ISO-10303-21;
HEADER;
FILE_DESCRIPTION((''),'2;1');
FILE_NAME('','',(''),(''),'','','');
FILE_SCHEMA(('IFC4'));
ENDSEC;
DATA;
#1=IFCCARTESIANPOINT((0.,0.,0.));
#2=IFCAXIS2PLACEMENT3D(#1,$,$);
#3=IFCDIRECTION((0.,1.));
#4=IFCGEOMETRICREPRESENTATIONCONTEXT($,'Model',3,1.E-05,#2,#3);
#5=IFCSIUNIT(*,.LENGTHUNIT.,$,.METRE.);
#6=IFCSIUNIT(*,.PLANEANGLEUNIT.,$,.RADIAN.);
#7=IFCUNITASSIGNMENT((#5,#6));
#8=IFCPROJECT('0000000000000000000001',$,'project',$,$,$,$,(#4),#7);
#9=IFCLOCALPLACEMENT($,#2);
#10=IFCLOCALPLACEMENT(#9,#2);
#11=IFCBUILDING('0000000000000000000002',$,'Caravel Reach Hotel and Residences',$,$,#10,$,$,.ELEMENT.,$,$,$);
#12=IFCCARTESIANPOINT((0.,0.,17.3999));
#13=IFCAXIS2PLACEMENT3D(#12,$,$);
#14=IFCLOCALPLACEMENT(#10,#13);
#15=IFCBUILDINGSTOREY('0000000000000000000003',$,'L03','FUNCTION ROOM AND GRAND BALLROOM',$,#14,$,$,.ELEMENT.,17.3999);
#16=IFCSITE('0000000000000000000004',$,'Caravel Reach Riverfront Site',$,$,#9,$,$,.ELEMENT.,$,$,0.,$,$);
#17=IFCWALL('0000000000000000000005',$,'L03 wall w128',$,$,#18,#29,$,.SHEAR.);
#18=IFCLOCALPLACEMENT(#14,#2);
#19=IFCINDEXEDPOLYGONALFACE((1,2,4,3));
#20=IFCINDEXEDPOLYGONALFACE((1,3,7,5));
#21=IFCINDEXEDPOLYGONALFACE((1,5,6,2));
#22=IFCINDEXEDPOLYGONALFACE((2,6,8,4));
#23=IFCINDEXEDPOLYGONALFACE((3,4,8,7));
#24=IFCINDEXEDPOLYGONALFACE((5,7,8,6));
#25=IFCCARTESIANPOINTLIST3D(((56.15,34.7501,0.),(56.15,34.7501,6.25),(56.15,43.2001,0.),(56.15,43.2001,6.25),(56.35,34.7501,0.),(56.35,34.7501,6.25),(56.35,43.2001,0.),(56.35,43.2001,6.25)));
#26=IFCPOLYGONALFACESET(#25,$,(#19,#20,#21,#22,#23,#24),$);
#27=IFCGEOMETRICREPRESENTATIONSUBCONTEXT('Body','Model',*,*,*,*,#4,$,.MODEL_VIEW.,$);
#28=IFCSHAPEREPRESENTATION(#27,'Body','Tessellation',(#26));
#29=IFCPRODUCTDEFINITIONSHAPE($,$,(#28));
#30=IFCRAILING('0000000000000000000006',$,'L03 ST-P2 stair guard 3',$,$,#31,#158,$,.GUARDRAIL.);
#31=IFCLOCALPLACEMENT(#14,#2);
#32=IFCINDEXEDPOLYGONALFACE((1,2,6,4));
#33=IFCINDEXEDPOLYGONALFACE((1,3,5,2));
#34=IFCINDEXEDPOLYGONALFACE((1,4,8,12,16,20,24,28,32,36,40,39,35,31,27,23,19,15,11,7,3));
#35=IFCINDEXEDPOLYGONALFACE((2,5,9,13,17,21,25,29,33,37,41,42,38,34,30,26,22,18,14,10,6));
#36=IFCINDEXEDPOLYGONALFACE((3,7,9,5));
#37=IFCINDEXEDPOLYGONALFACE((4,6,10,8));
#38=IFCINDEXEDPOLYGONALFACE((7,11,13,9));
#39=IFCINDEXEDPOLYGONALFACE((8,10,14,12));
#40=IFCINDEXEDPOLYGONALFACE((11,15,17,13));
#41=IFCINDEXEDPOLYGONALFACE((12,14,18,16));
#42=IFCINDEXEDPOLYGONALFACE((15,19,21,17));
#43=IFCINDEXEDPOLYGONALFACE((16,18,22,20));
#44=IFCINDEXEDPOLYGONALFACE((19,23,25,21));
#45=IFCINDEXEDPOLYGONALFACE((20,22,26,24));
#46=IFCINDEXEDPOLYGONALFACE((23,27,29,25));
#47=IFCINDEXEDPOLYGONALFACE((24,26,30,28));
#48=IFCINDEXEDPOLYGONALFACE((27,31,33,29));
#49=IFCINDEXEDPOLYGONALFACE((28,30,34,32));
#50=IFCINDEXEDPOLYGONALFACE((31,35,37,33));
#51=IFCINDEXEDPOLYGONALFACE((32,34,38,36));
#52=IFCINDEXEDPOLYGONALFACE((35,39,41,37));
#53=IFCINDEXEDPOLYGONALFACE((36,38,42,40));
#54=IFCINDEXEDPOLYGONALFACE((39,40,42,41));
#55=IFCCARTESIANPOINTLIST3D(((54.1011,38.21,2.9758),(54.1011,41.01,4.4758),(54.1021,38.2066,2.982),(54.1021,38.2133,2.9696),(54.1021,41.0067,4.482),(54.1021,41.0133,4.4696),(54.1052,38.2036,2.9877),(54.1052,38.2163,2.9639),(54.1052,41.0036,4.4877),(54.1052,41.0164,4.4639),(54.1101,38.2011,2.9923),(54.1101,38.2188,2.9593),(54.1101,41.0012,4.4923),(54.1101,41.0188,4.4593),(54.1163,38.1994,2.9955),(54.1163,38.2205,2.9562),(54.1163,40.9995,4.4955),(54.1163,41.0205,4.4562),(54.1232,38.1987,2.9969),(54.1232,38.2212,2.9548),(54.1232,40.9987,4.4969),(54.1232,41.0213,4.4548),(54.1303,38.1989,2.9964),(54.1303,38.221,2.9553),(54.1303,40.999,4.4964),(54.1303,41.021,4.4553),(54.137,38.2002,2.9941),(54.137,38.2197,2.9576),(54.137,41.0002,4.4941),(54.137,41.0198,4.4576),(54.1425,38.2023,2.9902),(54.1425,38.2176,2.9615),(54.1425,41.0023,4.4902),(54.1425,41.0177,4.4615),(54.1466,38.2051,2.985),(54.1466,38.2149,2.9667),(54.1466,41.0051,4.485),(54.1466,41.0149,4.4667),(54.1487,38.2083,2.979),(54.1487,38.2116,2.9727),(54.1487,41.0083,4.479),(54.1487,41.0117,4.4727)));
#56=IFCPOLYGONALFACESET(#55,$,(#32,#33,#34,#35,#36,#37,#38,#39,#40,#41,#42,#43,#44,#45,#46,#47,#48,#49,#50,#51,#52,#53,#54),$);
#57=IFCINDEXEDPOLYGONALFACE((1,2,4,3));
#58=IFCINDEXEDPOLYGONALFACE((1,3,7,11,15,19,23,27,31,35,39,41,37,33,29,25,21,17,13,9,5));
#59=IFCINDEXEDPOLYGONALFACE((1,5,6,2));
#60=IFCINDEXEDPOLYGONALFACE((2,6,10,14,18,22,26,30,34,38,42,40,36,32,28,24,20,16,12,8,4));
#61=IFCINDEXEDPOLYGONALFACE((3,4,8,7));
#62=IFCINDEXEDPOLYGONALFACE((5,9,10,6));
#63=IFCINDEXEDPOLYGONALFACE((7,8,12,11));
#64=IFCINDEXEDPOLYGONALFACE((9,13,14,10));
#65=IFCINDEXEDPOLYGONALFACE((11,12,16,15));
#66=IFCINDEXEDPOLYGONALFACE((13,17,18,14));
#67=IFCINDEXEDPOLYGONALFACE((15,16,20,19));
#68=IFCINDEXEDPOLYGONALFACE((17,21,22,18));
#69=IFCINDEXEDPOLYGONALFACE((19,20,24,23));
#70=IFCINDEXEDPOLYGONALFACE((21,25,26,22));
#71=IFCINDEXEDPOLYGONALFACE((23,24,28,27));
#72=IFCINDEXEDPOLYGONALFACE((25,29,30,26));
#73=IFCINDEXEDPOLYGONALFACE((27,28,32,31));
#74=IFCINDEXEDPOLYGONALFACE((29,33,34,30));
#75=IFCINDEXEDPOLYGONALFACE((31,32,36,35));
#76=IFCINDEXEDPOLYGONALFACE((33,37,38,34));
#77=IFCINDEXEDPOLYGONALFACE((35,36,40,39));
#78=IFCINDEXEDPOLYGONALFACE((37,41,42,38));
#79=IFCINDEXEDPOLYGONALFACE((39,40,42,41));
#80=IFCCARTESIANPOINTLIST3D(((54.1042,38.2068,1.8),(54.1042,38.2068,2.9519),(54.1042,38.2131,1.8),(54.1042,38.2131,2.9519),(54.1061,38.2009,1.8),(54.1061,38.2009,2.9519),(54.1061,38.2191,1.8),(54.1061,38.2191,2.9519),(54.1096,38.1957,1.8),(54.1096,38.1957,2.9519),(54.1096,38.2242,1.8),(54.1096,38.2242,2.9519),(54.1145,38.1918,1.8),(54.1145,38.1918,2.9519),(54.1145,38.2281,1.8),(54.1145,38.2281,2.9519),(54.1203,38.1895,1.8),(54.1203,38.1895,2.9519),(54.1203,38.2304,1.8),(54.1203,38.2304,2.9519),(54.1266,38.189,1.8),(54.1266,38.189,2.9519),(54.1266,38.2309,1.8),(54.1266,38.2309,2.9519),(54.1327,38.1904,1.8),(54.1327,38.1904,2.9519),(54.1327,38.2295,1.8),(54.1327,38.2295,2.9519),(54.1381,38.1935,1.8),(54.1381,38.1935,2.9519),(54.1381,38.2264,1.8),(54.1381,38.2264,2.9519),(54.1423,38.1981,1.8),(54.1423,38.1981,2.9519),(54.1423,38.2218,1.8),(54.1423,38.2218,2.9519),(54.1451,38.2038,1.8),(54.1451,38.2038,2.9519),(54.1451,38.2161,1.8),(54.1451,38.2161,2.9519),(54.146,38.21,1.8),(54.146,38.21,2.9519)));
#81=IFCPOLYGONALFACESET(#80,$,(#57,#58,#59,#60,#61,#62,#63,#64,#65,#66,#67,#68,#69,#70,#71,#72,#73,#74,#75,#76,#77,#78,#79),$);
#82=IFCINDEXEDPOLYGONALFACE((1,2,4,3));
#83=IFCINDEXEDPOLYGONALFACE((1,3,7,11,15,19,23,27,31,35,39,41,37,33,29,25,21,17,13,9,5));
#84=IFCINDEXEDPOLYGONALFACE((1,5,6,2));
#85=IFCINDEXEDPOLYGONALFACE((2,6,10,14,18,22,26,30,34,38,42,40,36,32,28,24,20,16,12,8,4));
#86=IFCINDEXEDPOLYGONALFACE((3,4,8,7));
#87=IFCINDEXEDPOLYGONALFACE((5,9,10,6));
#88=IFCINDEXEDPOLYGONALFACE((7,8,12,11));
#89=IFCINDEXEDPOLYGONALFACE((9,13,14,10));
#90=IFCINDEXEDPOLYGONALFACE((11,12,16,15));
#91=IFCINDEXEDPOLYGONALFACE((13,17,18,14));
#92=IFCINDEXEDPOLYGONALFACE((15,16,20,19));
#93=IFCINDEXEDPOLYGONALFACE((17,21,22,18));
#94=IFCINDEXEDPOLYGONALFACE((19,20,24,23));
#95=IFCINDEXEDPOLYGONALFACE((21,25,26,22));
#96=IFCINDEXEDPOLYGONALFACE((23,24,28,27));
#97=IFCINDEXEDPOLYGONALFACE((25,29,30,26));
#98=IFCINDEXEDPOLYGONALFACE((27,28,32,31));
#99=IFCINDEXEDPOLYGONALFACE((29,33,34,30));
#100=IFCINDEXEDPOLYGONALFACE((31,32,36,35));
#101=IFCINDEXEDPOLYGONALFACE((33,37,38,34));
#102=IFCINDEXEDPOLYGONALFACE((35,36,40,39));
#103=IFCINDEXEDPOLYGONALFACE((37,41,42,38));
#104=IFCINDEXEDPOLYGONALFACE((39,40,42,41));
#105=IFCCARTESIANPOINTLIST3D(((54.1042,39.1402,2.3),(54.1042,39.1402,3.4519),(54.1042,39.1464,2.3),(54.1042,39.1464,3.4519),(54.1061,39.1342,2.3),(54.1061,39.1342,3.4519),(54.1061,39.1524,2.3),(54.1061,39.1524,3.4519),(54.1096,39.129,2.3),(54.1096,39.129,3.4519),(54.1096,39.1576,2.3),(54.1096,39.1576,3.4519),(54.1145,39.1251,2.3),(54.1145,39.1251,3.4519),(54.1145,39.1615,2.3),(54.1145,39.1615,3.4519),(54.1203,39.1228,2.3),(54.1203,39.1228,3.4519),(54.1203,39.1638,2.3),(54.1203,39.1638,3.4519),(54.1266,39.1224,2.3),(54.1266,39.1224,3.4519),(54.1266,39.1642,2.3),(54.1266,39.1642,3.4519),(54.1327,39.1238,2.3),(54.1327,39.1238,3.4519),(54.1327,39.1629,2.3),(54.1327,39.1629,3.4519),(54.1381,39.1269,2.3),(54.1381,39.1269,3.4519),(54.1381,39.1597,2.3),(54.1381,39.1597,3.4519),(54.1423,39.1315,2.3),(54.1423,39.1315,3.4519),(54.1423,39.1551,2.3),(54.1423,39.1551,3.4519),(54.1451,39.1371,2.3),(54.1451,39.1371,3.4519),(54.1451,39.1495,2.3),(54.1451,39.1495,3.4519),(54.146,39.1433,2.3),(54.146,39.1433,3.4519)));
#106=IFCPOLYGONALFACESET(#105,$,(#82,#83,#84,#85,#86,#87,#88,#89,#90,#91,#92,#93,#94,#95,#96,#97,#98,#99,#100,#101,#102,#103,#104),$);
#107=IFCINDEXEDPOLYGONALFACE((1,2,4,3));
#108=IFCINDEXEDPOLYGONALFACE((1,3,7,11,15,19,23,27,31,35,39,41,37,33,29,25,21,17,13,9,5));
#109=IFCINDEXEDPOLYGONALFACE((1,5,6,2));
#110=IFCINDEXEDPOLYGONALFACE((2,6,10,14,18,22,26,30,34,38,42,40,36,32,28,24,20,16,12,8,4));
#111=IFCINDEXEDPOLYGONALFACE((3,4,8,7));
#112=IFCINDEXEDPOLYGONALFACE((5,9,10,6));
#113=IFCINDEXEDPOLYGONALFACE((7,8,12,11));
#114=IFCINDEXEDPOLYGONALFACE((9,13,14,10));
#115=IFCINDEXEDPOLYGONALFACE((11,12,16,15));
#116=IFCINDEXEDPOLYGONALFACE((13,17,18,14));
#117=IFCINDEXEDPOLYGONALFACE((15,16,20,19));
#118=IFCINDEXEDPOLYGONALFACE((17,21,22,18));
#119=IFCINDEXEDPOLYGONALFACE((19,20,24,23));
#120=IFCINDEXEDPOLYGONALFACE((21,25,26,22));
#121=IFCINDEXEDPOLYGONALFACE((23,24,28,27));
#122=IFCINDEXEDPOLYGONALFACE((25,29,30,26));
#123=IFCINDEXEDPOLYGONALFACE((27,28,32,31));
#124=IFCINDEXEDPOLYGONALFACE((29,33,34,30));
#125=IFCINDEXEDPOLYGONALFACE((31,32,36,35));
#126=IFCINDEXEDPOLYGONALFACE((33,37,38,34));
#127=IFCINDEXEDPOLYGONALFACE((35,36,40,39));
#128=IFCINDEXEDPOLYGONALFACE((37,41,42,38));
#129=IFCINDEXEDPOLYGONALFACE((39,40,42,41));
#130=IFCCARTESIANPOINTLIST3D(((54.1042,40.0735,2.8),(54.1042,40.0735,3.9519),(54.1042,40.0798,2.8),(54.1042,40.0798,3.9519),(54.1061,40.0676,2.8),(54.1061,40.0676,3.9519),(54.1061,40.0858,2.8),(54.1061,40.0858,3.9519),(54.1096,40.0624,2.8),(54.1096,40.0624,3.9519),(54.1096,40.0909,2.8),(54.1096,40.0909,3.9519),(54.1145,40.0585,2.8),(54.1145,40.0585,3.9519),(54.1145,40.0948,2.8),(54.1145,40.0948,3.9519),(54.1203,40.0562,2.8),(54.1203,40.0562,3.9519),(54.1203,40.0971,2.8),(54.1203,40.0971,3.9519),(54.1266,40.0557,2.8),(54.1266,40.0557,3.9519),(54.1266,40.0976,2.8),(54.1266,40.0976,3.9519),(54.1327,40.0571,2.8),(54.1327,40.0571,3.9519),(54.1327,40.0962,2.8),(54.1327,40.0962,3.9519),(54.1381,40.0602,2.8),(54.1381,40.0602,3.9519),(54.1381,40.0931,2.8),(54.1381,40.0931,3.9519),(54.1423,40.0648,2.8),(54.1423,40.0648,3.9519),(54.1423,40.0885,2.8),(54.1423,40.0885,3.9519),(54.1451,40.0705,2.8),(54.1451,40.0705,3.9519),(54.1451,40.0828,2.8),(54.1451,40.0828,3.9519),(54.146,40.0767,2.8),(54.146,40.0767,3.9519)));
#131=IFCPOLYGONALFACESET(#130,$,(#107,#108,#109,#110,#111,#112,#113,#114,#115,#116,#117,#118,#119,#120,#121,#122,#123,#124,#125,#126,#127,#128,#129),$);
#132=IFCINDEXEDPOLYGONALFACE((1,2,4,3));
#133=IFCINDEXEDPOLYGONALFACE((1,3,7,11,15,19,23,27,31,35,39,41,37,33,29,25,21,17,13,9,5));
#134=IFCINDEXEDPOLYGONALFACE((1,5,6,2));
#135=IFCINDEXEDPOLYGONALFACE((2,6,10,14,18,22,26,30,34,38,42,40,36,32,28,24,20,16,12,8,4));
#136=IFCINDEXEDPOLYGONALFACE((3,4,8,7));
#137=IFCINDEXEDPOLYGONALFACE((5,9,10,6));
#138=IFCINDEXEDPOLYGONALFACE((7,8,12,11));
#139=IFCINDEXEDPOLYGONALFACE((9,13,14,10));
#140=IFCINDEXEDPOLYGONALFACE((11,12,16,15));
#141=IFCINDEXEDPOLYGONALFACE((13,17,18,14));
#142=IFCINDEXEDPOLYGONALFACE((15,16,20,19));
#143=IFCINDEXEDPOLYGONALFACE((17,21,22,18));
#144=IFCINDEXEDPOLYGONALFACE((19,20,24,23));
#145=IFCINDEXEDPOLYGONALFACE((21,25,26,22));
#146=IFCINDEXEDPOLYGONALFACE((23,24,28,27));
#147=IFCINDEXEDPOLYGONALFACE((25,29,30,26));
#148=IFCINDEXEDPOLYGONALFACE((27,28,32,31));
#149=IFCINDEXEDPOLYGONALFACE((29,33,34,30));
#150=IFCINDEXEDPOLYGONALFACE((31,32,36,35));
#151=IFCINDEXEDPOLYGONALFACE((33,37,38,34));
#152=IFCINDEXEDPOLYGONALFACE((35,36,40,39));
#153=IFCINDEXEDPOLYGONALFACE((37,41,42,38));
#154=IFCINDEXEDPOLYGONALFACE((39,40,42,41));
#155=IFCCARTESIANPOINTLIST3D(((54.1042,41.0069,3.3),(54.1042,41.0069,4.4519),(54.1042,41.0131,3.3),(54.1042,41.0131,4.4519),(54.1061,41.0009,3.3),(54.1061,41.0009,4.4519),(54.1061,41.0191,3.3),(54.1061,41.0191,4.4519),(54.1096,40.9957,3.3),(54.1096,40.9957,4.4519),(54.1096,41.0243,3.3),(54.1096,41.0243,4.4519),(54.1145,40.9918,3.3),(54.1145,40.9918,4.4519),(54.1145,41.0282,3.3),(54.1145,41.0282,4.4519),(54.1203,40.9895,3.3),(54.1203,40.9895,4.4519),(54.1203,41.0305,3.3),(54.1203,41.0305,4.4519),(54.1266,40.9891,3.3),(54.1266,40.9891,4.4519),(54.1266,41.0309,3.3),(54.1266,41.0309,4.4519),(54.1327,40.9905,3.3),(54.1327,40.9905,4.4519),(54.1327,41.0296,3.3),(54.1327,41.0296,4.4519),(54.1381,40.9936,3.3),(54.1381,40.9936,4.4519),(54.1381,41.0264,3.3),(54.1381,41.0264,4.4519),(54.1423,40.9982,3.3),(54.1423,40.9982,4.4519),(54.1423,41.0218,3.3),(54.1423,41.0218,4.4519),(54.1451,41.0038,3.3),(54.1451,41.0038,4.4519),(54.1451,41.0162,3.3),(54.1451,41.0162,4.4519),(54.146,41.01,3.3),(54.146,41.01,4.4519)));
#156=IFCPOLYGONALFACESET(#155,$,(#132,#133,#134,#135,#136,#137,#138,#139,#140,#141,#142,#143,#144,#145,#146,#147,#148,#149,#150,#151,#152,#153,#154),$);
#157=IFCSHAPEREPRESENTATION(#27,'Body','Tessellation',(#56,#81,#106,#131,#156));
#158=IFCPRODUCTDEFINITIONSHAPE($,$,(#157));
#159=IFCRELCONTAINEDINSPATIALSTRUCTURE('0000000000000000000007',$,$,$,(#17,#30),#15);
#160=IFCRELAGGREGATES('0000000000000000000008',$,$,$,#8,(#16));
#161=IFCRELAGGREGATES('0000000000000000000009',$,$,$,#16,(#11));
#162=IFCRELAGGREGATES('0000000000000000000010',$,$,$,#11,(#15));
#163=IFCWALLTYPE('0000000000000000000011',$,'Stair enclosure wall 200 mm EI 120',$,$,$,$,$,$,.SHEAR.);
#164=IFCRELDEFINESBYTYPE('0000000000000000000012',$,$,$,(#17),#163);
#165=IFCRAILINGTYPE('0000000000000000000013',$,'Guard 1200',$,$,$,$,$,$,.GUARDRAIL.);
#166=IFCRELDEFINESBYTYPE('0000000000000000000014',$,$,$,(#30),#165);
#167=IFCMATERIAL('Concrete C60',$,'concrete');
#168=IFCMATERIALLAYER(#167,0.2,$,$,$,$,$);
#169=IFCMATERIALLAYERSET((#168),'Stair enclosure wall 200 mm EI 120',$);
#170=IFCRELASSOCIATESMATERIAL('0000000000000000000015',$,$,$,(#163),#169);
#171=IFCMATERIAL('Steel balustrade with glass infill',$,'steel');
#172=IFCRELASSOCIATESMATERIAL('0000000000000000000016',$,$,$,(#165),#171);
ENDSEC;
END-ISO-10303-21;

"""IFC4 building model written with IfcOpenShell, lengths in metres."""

from ifc_helpers import new_model, si_unit, direction, frame, frame_2d, origin, origin_2d, place, context, subcontext, project, spatial, rectangle, circle, extrude, material, layer, layer_set, type_object, element, save


model = new_model("IFC4")

# Units and contexts
model_context = context("Model", 3, precision=1e-05, world=origin(), true_north=direction((0.0, 1.0)))
body_context = subcontext(model_context, "Body", "Model", "MODEL_VIEW")
ifc_project = project(units=[si_unit("LENGTHUNIT", "METRE"), si_unit("PLANEANGLEUNIT", "RADIAN")], contexts=[model_context])

# Site, building, storey
site_placement = place(None, origin())
site = spatial("IfcSite", under=ifc_project, at=site_placement, Name="Caravel Reach Riverfront Site", CompositionType="ELEMENT", RefElevation=0.0)
building_placement = place(site_placement, origin())
building = spatial("IfcBuilding", under=site, at=building_placement, Name="Caravel Reach Hotel and Residences", CompositionType="ELEMENT")
storey_placement = place(building_placement, frame((0.0, 0.0, 17.3999)))
storey = spatial("IfcBuildingStorey", under=building, at=storey_placement, Name="L03", Description="FUNCTION ROOM AND GRAND BALLROOM", CompositionType="ELEMENT", Elevation=17.3999)

# Wall
ifc_material_1 = material(Name="Concrete C60", Category="concrete")
ifc_layer_1 = layer(ifc_material_1, 0.2)
ifc_layer_set_1 = layer_set([ifc_layer_1], Name="Stair enclosure wall 200 mm EI 120")
wall_type_1 = type_object("IfcWallType", Name="Stair enclosure wall 200 mm EI 120", PredefinedType="SHEAR", material=ifc_layer_set_1)
wall_1_placement = place(storey_placement, frame((56.25, 34.75, 0.0), z_axis=(0.0, 0.0, 1.0), x_axis=(0.0, 1.0, 0.0)))
element("IfcWall", 1, at=wall_1_placement, inside=storey, type_object=wall_type_1, Name="L03 wall w128", PredefinedType="SHEAR", context=body_context, shape_type="SweptSolid", body=[
    extrude(rectangle(XDim=8.45, YDim=0.2, at=frame_2d((4.2251, 0.0))), origin(), (0.0, 0.0, 1.0), 6.25),
])

# Railing
ifc_material_2 = material(Name="Steel balustrade with glass infill", Category="steel")
railing_type_1 = type_object("IfcRailingType", Name="Guard 1200", PredefinedType="GUARDRAIL", material=ifc_material_2)
railing_1_placement = place(storey_placement, frame((54.125, 38.21, 1.8)))
element("IfcRailing", 2, at=railing_1_placement, inside=storey, type_object=railing_type_1, Name="L03 ST-P2 stair guard 3", PredefinedType="GUARDRAIL", context=body_context, shape_type="SweptSolid", body=[
    extrude(circle(Radius=0.0239, at=origin_2d()), frame((0.0, 0.0, 1.1758), z_axis=(0.0, 0.881483, 0.472215), x_axis=(-1.0, 0.0, 0.0)), (0.0, 0.0, 1.0), 3.1765),
    extrude(circle(Radius=0.021, at=origin_2d()), origin(), (0.0, 0.0, 1.0), 1.1519),
    extrude(circle(Radius=0.021, at=origin_2d()), frame((0.0, 0.9333, 0.5)), (0.0, 0.0, 1.0), 1.1519),
    extrude(circle(Radius=0.021, at=origin_2d()), frame((0.0, 1.8667, 1.0)), (0.0, 0.0, 1.0), 1.1519),
    extrude(circle(Radius=0.021, at=origin_2d()), frame((0.0, 2.8, 1.5)), (0.0, 0.0, 1.0), 1.1519),
])

save(model, "model.ifc")
